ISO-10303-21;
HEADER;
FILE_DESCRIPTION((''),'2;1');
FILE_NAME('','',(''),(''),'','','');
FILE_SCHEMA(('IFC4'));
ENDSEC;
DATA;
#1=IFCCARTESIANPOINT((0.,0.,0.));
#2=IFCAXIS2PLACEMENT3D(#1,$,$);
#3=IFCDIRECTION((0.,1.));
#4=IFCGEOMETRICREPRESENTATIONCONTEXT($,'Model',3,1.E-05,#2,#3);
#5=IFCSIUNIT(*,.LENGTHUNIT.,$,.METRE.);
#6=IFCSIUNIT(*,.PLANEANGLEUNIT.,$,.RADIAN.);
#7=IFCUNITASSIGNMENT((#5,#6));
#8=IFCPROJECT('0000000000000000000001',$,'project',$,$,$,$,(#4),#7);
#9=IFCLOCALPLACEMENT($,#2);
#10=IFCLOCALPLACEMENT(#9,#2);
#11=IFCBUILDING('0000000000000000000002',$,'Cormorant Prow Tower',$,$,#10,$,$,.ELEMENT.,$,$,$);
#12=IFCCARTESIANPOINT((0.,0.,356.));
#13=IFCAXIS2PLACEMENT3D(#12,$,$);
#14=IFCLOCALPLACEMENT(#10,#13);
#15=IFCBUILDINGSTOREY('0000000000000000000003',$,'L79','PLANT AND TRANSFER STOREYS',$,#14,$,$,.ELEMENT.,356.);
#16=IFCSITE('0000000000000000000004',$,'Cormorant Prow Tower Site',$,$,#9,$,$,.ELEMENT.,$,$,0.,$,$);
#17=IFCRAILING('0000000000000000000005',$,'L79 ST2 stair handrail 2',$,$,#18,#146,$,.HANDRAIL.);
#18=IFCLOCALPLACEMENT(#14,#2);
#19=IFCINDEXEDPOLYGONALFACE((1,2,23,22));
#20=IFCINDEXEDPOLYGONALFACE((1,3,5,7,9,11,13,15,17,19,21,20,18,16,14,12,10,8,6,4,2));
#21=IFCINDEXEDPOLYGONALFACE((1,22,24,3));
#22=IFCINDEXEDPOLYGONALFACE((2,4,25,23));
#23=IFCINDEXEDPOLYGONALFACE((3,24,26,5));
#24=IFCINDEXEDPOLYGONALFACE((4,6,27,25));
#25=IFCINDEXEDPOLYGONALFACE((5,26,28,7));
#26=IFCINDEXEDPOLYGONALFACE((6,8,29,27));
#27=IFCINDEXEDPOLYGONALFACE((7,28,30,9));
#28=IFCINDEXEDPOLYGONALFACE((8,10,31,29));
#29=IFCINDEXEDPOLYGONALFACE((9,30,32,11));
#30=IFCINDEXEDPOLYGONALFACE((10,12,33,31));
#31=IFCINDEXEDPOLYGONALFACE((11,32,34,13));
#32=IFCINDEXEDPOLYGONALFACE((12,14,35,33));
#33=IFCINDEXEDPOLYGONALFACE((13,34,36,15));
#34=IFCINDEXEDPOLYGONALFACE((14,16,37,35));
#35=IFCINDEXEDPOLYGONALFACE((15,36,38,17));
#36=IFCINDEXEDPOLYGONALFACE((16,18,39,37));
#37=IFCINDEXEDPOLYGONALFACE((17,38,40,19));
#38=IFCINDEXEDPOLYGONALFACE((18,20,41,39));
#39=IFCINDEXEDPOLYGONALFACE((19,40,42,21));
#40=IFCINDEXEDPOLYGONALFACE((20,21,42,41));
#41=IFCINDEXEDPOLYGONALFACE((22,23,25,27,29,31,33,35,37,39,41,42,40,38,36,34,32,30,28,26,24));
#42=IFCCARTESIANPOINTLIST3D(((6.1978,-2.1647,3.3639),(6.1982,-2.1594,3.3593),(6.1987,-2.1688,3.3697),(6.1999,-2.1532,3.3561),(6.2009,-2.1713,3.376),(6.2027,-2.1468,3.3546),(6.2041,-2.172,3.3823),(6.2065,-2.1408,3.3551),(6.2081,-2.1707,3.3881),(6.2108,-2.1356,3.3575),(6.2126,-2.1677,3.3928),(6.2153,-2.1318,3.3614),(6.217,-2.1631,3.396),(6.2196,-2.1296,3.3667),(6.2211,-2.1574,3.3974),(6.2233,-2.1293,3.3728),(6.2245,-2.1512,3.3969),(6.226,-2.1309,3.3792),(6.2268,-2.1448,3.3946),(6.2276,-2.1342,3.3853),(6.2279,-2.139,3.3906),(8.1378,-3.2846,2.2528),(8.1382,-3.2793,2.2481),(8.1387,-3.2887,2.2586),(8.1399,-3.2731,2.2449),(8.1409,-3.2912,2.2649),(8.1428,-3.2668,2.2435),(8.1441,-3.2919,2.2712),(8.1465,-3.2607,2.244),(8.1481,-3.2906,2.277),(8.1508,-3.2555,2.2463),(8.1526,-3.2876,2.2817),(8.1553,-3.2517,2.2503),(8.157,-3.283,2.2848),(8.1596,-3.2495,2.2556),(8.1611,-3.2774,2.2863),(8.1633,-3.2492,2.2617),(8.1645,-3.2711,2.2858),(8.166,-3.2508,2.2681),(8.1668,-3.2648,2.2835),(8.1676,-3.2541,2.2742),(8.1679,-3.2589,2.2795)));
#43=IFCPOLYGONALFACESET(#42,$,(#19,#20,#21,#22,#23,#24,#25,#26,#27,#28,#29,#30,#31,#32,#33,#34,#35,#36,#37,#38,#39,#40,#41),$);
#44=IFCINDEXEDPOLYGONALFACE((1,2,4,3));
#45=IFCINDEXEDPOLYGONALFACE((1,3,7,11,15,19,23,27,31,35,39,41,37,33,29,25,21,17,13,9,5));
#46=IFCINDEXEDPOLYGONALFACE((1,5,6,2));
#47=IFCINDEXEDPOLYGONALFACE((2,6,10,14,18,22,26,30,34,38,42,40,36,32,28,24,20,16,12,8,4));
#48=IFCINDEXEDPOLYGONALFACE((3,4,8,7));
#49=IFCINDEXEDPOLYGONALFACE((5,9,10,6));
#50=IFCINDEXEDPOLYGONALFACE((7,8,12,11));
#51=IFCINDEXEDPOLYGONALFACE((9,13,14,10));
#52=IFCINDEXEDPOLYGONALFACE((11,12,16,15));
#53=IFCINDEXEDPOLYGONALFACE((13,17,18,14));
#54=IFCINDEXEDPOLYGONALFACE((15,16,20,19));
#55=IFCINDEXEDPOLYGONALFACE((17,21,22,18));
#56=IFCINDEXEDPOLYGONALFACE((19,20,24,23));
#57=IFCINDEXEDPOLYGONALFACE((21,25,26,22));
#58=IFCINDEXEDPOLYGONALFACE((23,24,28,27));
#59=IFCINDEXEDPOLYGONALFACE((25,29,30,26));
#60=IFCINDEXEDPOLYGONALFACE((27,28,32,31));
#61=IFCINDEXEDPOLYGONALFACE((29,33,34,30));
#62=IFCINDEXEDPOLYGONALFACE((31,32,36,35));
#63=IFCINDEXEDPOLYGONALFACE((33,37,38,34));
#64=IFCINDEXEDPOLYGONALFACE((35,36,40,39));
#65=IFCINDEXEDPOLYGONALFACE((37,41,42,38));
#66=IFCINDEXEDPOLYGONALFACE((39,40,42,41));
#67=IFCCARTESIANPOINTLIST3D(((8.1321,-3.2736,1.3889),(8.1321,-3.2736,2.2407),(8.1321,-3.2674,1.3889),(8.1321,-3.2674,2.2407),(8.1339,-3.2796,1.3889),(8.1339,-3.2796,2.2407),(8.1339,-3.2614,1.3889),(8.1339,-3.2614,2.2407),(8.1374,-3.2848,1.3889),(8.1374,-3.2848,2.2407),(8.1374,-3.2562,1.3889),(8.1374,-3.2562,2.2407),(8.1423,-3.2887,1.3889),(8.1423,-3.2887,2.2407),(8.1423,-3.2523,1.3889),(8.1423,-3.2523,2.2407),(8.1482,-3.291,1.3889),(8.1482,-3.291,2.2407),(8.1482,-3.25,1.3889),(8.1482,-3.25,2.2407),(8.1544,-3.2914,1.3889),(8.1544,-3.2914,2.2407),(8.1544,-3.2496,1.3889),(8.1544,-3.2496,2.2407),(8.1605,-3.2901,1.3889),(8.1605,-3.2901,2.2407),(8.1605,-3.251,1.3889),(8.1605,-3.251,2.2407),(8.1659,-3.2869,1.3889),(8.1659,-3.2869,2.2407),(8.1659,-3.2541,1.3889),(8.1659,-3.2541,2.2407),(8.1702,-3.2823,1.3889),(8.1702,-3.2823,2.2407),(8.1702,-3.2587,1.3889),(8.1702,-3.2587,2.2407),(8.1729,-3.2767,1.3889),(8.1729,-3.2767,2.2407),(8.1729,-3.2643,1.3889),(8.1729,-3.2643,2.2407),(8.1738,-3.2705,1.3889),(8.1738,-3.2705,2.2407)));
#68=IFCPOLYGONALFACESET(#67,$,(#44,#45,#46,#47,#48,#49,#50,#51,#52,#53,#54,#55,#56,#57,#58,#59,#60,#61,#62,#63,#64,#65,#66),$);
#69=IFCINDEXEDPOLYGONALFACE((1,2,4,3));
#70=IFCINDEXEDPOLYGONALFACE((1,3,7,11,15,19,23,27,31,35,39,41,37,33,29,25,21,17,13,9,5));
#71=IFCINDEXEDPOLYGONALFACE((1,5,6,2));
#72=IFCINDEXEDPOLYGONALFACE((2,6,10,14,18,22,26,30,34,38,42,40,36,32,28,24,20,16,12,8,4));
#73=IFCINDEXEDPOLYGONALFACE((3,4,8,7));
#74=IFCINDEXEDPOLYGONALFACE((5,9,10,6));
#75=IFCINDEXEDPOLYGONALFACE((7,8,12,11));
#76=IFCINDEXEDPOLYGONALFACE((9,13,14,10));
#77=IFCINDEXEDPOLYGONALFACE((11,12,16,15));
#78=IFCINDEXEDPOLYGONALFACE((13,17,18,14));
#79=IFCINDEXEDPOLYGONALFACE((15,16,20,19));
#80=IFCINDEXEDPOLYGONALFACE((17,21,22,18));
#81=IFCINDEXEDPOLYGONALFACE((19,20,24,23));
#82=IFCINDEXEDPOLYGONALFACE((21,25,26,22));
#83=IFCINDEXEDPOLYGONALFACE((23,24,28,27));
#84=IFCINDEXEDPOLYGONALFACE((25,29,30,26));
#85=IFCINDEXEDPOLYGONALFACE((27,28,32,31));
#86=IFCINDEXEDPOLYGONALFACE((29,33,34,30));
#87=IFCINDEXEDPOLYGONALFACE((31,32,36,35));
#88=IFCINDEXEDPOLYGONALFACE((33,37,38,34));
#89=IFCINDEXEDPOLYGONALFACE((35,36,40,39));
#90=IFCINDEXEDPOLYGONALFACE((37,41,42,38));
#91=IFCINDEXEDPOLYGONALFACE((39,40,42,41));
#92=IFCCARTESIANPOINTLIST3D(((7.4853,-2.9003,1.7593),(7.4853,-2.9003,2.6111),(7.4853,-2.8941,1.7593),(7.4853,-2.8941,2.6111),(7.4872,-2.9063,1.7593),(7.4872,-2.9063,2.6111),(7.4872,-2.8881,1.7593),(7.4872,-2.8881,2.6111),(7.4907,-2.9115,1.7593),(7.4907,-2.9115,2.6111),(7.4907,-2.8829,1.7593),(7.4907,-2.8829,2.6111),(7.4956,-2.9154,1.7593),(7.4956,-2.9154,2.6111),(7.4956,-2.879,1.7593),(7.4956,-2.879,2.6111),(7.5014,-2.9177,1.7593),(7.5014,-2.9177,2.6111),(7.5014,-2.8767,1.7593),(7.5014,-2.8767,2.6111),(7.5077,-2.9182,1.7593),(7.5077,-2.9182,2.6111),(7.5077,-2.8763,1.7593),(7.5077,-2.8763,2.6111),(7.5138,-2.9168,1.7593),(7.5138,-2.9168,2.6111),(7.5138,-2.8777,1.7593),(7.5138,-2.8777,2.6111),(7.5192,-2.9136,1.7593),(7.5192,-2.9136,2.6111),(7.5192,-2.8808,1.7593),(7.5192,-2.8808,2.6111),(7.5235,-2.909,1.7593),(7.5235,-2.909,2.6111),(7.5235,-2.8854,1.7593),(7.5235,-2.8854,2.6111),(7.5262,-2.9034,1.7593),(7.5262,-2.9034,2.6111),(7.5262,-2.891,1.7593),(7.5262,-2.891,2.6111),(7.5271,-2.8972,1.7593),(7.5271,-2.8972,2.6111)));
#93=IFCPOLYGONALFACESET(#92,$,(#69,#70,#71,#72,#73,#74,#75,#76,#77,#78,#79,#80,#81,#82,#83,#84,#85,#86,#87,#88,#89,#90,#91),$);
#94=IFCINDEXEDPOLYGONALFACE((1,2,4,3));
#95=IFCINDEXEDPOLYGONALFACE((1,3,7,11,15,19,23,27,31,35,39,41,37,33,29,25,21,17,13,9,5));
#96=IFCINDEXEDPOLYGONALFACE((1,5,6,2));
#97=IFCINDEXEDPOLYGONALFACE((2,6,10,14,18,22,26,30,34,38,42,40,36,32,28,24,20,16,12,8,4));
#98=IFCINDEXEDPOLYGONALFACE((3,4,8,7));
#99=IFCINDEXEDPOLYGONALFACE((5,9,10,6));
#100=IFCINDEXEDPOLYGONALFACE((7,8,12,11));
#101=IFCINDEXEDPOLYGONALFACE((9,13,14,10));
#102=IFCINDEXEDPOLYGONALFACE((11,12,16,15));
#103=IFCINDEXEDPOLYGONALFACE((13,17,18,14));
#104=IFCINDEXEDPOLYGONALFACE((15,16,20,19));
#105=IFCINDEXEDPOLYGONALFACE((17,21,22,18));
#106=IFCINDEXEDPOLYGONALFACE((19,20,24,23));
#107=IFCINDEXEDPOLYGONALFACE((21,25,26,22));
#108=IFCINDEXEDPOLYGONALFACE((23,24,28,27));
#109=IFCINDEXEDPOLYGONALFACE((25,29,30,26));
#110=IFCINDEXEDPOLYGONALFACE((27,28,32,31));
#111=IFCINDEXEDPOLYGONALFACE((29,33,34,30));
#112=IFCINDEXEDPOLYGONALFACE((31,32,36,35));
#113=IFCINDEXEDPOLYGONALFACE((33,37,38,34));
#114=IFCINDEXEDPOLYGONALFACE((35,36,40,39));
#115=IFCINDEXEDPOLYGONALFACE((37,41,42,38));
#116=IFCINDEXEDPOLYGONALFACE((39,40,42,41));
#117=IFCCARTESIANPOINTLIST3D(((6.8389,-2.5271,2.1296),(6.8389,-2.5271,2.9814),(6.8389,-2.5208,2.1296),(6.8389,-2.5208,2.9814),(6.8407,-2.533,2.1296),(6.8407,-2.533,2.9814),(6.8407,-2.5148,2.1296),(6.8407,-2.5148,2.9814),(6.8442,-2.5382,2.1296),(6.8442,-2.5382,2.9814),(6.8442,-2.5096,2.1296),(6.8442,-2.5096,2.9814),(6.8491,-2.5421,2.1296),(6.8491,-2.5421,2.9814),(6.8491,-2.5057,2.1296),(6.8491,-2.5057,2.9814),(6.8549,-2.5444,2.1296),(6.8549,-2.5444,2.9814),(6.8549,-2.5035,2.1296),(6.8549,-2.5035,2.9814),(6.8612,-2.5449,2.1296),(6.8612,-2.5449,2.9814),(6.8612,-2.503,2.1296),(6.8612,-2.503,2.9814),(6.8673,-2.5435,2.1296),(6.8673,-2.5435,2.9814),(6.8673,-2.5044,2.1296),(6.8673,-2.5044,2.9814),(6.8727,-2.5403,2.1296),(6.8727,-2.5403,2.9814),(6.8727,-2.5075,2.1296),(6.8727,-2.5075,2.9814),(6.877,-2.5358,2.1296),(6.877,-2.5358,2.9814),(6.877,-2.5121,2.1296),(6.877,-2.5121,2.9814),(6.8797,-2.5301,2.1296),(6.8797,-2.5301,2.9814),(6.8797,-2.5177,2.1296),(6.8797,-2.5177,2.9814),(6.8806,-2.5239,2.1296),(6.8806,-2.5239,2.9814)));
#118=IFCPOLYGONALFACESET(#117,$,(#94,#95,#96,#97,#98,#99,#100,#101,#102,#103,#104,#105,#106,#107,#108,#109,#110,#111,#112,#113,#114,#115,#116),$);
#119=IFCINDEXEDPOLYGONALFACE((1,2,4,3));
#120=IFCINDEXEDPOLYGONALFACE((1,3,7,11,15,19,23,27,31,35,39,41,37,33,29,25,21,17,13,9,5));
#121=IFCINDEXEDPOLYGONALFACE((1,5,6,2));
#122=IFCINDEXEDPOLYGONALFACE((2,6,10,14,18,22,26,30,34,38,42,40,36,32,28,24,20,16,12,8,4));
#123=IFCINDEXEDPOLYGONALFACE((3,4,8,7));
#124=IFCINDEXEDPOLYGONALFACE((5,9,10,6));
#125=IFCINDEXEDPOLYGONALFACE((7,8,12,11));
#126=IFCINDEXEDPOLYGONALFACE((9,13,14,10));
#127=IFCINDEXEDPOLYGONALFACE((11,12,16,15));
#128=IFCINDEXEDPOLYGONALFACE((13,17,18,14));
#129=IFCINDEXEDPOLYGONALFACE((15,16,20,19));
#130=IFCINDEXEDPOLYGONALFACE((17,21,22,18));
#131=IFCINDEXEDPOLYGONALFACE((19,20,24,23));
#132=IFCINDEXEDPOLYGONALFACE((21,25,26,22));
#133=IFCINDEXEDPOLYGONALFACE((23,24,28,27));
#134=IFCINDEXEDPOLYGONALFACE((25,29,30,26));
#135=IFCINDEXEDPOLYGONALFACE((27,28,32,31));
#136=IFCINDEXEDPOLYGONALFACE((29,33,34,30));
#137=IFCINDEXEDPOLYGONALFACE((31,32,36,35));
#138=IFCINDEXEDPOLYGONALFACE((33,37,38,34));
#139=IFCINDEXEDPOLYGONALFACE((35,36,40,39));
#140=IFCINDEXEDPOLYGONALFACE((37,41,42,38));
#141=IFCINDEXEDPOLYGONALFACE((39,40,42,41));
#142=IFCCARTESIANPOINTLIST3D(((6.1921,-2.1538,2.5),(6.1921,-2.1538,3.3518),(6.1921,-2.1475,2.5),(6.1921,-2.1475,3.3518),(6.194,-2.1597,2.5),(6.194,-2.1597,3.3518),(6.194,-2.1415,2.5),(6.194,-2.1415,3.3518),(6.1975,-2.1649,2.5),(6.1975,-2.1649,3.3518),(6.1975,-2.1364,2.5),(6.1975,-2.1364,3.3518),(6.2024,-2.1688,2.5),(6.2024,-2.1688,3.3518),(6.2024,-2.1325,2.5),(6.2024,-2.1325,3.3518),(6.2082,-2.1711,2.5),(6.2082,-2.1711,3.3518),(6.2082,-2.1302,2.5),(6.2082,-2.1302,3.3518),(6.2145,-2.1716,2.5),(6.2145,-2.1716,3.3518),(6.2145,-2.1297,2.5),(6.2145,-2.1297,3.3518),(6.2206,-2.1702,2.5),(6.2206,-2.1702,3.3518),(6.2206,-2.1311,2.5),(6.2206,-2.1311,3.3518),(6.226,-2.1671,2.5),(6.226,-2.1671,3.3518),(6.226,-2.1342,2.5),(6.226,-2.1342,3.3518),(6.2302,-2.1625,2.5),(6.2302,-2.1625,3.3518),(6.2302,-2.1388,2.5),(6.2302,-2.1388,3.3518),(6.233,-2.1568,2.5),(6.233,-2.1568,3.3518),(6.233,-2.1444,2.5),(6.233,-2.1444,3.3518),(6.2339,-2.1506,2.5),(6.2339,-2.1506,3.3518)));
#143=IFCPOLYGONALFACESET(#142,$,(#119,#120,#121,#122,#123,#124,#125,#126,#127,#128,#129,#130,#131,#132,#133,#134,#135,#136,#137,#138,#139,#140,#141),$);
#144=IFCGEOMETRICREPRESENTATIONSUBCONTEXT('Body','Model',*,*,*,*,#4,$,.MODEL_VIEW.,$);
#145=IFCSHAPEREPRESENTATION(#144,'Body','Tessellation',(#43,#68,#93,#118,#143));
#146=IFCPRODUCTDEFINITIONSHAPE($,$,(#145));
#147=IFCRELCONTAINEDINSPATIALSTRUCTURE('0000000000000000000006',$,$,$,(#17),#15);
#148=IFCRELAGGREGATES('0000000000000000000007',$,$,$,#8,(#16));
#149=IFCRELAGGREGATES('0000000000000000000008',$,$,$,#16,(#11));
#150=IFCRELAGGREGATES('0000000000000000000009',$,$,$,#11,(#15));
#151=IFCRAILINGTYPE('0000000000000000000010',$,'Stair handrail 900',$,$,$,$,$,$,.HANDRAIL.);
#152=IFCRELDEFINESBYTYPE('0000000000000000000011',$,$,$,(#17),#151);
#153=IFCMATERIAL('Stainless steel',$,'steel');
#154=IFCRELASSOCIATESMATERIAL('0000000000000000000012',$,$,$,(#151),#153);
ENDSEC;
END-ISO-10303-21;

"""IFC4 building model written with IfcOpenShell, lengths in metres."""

from ifc_helpers import new_model, si_unit, direction, frame, origin, origin_2d, place, context, subcontext, project, spatial, circle, extrude, material, type_object, element, save


model = new_model("IFC4")

# Units and contexts
model_context = context("Model", 3, precision=1e-05, world=origin(), true_north=direction((0.0, 1.0)))
body_context = subcontext(model_context, "Body", "Model", "MODEL_VIEW")
ifc_project = project(units=[si_unit("LENGTHUNIT", "METRE"), si_unit("PLANEANGLEUNIT", "RADIAN")], contexts=[model_context])

# Site, building, storey
site_placement = place(None, origin())
site = spatial("IfcSite", under=ifc_project, at=site_placement, Name="Cormorant Prow Tower Site", CompositionType="ELEMENT", RefElevation=0.0)
building_placement = place(site_placement, origin())
building = spatial("IfcBuilding", under=site, at=building_placement, Name="Cormorant Prow Tower", CompositionType="ELEMENT")
storey_placement = place(building_placement, frame((0.0, 0.0, 356.0)))
storey = spatial("IfcBuildingStorey", under=building, at=storey_placement, Name="L79", Description="PLANT AND TRANSFER STOREYS", CompositionType="ELEMENT", Elevation=356.0)

# Railing
ifc_material_1 = material(Name="Stainless steel", Category="steel")
railing_type_1 = type_object("IfcRailingType", Name="Stair handrail 900", PredefinedType="HANDRAIL", material=ifc_material_1)
railing_1_placement = place(storey_placement, frame((8.1528, -3.2705, 1.3889)))
element("IfcRailing", 1, at=railing_1_placement, inside=storey, type_object=railing_type_1, Name="L79 ST2 stair handrail 2", PredefinedType="HANDRAIL", context=body_context, shape_type="SweptSolid", body=[
    extrude(circle(Radius=0.0239, at=origin_2d()), frame((0.0, 0.0, 0.876), z_axis=(-0.775853, 0.447878, 0.444363), x_axis=(-0.499949, -0.866055, 0.0)), (0.0, 0.0, 1.0), 2.5005),
    extrude(circle(Radius=0.021, at=origin_2d()), origin(), (0.0, 0.0, 1.0), 0.8518),
    extrude(circle(Radius=0.021, at=origin_2d()), frame((-0.6467, 0.3733, 0.3704)), (0.0, 0.0, 1.0), 0.8518),
    extrude(circle(Radius=0.021, at=origin_2d()), frame((-1.2932, 0.7466, 0.7407)), (0.0, 0.0, 1.0), 0.8518),
    extrude(circle(Radius=0.021, at=origin_2d()), frame((-1.9399, 1.1199, 1.1111)), (0.0, 0.0, 1.0), 0.8518),
])

save(model, "model.ifc")
